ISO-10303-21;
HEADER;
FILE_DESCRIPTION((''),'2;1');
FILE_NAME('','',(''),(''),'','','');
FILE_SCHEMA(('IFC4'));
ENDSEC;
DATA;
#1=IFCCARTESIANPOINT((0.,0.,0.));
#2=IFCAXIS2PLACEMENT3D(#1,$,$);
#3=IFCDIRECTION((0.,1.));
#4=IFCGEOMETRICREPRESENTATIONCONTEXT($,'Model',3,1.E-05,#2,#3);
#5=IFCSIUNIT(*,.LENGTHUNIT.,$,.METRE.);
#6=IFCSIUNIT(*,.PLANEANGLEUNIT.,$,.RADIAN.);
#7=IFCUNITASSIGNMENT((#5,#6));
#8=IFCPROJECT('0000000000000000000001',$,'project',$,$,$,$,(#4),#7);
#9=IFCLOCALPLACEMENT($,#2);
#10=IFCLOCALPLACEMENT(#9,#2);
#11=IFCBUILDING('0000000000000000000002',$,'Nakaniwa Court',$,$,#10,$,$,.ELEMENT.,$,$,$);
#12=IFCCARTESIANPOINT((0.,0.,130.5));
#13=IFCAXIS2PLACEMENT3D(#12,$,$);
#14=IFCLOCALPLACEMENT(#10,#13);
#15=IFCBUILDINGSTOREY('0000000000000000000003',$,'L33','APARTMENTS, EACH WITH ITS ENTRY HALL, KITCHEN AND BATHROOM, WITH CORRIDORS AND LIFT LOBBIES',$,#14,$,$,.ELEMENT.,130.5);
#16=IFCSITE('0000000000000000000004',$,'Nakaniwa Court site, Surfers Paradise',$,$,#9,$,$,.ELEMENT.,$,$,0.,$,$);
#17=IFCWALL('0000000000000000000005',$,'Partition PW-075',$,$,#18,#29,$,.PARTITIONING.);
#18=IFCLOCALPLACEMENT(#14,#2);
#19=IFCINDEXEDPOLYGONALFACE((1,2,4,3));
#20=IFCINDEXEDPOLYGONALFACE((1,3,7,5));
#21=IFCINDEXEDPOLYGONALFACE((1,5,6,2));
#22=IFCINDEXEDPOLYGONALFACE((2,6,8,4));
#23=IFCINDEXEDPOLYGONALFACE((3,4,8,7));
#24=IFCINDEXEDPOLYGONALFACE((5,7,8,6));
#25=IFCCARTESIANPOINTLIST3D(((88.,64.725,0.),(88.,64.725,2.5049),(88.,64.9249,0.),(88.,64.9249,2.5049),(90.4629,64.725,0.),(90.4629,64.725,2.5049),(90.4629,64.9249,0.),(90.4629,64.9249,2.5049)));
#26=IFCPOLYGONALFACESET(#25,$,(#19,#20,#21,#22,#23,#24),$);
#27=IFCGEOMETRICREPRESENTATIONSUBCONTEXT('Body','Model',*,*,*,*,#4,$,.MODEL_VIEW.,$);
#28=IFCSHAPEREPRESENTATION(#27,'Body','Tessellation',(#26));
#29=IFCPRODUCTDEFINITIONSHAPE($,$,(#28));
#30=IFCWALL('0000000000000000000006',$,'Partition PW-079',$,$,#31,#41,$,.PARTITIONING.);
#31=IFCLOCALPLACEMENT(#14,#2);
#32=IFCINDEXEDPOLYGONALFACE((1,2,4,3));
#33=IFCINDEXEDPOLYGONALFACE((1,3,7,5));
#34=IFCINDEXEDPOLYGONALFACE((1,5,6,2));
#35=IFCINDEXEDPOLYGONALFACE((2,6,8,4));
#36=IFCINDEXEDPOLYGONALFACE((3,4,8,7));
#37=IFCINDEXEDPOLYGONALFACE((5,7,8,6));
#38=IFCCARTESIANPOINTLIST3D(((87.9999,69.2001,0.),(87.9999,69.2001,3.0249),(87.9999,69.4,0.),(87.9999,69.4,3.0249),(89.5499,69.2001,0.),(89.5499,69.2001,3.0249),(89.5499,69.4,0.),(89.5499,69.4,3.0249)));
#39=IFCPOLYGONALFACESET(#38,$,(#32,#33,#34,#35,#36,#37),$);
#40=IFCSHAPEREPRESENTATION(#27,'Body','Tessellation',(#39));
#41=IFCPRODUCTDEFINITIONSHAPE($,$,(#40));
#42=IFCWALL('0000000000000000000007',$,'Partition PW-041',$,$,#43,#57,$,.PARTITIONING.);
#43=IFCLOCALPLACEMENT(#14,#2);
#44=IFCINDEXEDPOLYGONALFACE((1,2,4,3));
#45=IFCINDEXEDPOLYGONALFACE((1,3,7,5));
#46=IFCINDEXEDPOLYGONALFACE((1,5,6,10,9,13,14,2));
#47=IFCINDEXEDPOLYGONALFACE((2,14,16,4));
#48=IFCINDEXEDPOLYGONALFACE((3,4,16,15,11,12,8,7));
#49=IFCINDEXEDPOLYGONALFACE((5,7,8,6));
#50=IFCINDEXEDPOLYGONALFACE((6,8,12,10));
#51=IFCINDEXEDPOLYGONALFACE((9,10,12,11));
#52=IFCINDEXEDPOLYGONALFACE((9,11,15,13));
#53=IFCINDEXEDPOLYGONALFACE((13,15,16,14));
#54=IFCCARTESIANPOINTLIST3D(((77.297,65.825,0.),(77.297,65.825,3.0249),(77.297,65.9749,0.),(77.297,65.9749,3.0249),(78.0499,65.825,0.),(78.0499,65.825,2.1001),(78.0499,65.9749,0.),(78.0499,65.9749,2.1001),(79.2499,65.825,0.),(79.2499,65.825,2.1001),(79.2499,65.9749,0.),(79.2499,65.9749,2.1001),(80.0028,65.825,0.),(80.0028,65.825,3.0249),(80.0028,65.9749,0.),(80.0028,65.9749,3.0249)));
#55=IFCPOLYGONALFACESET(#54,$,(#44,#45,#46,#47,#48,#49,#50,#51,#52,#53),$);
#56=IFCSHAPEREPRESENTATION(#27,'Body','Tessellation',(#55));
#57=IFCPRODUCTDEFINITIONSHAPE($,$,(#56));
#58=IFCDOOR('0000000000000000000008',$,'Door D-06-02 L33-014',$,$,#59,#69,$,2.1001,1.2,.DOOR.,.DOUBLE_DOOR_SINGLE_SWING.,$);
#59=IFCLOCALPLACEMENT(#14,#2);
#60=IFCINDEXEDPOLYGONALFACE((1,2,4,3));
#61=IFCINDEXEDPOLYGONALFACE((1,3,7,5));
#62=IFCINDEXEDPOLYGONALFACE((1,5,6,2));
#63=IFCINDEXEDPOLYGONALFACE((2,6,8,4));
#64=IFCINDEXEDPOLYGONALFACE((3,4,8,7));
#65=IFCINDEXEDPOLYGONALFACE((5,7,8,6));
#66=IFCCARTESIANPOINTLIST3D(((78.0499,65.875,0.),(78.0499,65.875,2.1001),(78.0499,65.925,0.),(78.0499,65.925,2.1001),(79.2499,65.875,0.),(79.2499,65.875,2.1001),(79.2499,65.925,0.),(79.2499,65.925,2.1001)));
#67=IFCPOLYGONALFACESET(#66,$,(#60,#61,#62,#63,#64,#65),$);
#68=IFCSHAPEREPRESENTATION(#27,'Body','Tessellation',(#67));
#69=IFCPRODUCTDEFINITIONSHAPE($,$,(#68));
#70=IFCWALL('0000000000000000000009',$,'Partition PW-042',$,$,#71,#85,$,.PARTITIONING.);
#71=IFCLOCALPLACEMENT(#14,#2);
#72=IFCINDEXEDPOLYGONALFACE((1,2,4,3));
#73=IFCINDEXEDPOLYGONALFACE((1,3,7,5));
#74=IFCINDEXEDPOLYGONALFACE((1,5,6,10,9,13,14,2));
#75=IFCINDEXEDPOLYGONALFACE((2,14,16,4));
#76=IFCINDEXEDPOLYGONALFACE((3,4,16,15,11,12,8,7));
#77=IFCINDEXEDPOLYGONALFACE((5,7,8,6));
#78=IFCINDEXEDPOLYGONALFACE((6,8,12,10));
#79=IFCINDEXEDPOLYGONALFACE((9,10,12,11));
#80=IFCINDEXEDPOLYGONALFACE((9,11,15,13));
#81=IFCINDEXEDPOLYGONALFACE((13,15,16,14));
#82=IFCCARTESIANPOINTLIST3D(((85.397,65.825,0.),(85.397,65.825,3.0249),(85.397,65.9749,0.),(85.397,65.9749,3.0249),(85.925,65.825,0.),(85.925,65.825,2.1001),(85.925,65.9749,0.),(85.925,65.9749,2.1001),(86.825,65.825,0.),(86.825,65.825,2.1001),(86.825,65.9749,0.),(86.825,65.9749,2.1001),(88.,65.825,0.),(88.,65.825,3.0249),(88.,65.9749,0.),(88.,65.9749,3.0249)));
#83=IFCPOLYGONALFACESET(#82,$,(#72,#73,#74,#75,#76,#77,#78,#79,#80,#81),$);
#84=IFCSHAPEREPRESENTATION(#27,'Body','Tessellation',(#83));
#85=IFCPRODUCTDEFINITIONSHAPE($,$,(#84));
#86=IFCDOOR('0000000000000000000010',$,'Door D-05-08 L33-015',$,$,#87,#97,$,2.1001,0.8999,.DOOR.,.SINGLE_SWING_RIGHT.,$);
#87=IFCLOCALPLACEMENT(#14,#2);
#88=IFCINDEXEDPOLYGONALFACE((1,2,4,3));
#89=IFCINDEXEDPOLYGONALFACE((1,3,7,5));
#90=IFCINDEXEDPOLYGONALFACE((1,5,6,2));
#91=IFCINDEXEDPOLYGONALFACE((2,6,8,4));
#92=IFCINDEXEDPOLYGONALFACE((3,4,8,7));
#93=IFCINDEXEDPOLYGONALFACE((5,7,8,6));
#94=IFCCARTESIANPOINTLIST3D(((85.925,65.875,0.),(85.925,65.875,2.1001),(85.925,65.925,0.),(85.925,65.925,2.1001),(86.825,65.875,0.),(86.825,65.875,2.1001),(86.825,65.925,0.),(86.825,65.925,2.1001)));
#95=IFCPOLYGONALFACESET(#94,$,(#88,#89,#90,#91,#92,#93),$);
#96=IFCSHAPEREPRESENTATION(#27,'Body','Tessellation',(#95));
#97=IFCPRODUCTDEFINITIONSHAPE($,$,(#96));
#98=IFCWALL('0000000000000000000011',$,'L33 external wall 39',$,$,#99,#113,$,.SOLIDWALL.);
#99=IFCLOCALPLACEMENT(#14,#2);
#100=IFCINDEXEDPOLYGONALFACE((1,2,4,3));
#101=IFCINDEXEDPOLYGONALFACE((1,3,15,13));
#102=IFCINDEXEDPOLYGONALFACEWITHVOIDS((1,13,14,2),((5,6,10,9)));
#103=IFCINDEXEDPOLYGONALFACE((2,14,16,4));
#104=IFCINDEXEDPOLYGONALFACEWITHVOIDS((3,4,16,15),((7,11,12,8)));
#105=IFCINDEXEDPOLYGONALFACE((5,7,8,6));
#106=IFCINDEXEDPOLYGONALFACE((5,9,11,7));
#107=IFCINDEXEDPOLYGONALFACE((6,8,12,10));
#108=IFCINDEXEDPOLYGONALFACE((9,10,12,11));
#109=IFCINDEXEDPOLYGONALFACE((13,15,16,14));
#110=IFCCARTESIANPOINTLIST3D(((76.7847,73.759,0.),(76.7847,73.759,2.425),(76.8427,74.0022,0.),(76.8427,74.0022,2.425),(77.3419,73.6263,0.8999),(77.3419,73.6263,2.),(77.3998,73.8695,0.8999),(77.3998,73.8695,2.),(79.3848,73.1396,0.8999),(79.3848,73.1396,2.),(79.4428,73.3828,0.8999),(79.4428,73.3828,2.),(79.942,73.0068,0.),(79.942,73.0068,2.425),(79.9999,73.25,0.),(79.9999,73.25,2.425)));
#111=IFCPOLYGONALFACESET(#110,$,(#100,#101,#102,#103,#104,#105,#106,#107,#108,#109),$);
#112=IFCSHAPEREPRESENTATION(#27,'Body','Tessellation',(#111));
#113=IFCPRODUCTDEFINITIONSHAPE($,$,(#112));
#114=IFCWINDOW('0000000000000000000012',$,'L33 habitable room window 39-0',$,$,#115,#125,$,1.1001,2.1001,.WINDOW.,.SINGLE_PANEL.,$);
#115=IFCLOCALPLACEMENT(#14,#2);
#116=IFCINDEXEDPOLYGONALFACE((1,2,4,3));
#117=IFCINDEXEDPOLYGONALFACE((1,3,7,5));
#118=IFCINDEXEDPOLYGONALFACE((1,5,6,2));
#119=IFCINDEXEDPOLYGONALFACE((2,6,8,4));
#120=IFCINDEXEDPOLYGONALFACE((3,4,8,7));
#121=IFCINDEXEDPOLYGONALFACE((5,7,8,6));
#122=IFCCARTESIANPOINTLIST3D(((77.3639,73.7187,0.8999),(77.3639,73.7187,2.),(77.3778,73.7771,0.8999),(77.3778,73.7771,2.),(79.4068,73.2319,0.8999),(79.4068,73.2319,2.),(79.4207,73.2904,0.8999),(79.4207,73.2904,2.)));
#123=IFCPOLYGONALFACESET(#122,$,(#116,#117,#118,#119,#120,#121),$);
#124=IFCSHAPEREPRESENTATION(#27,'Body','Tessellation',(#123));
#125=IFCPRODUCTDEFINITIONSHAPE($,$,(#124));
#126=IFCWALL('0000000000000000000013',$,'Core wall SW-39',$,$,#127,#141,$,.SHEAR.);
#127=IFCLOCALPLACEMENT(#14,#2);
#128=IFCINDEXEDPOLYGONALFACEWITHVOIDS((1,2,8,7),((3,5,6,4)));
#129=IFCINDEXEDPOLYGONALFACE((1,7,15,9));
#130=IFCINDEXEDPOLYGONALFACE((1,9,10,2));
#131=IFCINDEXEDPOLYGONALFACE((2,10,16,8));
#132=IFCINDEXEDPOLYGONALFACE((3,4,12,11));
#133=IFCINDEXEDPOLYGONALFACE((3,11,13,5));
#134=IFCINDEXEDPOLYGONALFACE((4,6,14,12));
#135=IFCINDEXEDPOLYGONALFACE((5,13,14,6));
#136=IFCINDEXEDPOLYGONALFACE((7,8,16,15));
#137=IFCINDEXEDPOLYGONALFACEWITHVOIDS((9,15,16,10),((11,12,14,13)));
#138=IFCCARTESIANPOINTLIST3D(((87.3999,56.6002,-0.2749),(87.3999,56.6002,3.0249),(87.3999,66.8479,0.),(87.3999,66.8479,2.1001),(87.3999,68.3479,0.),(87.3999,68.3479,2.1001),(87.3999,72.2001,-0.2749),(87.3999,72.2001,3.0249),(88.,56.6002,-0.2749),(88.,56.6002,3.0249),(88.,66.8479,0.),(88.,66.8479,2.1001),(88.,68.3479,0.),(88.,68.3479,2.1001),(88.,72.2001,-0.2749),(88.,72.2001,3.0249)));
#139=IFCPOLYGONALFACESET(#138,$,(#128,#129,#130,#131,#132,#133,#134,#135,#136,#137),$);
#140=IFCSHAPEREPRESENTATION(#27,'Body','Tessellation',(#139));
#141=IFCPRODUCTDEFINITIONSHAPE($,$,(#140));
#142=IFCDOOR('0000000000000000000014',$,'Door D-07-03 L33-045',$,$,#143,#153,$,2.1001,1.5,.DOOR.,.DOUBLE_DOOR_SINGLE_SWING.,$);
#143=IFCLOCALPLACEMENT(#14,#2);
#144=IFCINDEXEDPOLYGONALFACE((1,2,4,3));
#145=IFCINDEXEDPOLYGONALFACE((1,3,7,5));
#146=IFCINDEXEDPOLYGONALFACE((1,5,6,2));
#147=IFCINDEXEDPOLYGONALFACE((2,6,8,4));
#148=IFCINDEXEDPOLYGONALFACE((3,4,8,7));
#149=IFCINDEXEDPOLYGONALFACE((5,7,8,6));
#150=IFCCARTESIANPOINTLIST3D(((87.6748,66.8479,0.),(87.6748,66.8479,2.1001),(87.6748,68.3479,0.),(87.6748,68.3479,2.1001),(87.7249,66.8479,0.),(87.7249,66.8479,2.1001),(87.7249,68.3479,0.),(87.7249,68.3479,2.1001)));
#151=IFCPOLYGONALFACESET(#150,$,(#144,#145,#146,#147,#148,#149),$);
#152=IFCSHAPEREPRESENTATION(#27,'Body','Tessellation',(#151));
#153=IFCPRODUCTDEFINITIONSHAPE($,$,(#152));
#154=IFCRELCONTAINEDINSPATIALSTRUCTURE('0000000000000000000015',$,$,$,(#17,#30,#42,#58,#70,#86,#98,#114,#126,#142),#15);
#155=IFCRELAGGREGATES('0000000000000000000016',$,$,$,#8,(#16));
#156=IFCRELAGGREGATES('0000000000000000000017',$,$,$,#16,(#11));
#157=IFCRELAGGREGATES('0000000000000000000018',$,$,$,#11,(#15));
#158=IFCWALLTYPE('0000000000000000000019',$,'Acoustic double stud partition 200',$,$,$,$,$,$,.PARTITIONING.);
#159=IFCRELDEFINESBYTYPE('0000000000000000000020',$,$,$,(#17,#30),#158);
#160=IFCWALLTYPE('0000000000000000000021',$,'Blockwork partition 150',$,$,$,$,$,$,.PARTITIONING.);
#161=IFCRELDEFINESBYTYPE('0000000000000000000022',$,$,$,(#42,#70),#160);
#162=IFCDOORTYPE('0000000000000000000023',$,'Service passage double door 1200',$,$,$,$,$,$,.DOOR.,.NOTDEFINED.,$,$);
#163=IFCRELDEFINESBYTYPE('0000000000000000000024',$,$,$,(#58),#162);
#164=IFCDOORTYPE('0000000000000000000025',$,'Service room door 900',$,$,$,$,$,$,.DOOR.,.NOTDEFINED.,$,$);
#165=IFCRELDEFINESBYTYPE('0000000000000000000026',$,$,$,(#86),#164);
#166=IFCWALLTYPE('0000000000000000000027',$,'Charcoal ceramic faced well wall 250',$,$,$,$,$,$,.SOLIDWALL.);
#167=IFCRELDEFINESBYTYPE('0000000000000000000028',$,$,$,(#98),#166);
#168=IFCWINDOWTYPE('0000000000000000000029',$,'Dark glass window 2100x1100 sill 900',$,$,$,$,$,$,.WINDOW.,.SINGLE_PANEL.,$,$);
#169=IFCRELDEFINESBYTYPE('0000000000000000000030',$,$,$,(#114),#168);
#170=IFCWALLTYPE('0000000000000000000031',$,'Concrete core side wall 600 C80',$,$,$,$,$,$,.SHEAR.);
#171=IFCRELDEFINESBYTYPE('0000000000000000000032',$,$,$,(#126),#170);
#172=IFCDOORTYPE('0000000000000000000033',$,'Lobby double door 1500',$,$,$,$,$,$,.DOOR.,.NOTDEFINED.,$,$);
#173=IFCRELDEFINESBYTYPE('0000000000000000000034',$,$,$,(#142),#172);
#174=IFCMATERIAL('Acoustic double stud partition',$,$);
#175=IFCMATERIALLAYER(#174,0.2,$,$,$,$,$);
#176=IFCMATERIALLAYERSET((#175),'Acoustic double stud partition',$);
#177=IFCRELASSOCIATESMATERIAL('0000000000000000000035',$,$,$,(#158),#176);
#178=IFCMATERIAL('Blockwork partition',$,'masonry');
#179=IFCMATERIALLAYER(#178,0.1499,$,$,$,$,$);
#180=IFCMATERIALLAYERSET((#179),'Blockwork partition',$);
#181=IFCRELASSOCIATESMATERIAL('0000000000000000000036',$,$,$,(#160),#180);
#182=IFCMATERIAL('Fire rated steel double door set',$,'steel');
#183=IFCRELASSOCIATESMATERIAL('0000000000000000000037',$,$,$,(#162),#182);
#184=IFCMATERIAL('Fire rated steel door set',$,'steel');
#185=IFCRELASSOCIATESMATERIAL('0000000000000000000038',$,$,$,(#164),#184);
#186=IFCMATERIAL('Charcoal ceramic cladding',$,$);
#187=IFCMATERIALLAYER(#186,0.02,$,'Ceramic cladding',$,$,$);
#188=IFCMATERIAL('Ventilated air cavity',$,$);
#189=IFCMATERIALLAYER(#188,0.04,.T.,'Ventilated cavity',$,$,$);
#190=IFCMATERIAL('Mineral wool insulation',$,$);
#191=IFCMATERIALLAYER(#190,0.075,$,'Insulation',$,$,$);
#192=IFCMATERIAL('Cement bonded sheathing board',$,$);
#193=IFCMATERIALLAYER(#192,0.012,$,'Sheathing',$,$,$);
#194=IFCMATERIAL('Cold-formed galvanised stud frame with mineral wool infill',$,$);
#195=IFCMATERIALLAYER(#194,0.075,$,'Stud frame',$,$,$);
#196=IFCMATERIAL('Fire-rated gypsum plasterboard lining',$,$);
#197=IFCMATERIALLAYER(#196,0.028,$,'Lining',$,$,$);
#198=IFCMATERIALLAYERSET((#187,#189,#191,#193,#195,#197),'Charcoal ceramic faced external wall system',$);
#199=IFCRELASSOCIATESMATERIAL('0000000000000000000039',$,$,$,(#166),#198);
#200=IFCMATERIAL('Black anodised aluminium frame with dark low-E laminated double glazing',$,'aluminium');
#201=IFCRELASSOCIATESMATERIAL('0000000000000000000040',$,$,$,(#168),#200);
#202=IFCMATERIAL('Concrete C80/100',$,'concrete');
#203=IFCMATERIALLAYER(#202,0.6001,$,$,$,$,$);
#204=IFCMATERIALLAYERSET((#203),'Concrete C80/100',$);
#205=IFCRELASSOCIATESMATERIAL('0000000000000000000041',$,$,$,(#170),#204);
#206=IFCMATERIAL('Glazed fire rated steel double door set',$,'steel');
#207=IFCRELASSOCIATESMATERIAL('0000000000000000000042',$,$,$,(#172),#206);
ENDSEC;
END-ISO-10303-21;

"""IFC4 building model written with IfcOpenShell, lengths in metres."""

from ifc_helpers import new_model, si_unit, direction, frame, frame_2d, origin, place, context, subcontext, project, spatial, rectangle, extrude, material, layer, layer_set, type_object, element, fill, save


model = new_model("IFC4")

# Units and contexts
model_context = context("Model", 3, precision=1e-05, world=origin(), true_north=direction((0.0, 1.0)))
body_context = subcontext(model_context, "Body", "Model", "MODEL_VIEW")
ifc_project = project(units=[si_unit("LENGTHUNIT", "METRE"), si_unit("PLANEANGLEUNIT", "RADIAN")], contexts=[model_context])

# Site, building, storey
site_placement = place(None, origin())
site = spatial("IfcSite", under=ifc_project, at=site_placement, Name="Nakaniwa Court site, Surfers Paradise", CompositionType="ELEMENT", RefElevation=0.0)
building_placement = place(site_placement, origin())
building = spatial("IfcBuilding", under=site, at=building_placement, Name="Nakaniwa Court", CompositionType="ELEMENT")
storey_placement = place(building_placement, frame((0.0, 0.0, 130.5)))
storey = spatial("IfcBuildingStorey", under=building, at=storey_placement, Name="L33", Description="APARTMENTS, EACH WITH ITS ENTRY HALL, KITCHEN AND BATHROOM, WITH CORRIDORS AND LIFT LOBBIES", CompositionType="ELEMENT", Elevation=130.5)

# Shared definitions
ifc_material_1 = material(Name="Concrete C80/100", Category="concrete")

# Walls
ifc_material_2 = material(Name="Acoustic double stud partition")
ifc_layer_1 = layer(ifc_material_2, 0.2)
ifc_layer_set_1 = layer_set([ifc_layer_1], Name="Acoustic double stud partition")
wall_type_1 = type_object("IfcWallType", Name="Acoustic double stud partition 200", PredefinedType="PARTITIONING", material=ifc_layer_set_1)
wall_1_placement = place(storey_placement, frame((88.0, 64.825, 0.0), z_axis=(0.0, 0.0, 1.0), x_axis=(1.0, 0.0, 0.0)))
element("IfcWall", 1, at=wall_1_placement, inside=storey, type_object=wall_type_1, Name="Partition PW-075", PredefinedType="PARTITIONING", context=body_context, shape_type="SweptSolid", body=[
    extrude(rectangle(XDim=2.4629, YDim=0.2, at=frame_2d((1.2314, 0.0))), origin(), (0.0, 0.0, 1.0), 2.5049),
])
wall_2_placement = place(storey_placement, frame((88.0, 69.3, 0.0), z_axis=(0.0, 0.0, 1.0), x_axis=(1.0, 0.0, 0.0)))
element("IfcWall", 2, at=wall_2_placement, inside=storey, type_object=wall_type_1, Name="Partition PW-079", PredefinedType="PARTITIONING", context=body_context, shape_type="SweptSolid", body=[
    extrude(rectangle(XDim=1.55, YDim=0.2, at=frame_2d((0.7749, 0.0))), origin(), (0.0, 0.0, 1.0), 3.0249),
])

# Walls, openings, doors
ifc_material_3 = material(Name="Blockwork partition", Category="masonry")
ifc_layer_2 = layer(ifc_material_3, 0.1499)
ifc_layer_set_2 = layer_set([ifc_layer_2], Name="Blockwork partition")
wall_type_2 = type_object("IfcWallType", Name="Blockwork partition 150", PredefinedType="PARTITIONING", material=ifc_layer_set_2)
wall_3_placement = place(storey_placement, frame((80.0029, 65.8999, 0.0), z_axis=(0.0, 0.0, 1.0), x_axis=(-1.0, 0.0, 0.0)))
wall_3 = element("IfcWall", 3, at=wall_3_placement, inside=storey, type_object=wall_type_2, Name="Partition PW-041", PredefinedType="PARTITIONING", context=body_context, shape_type="SweptSolid", body=[
    extrude(rectangle(XDim=2.7058, YDim=0.1499, at=frame_2d((1.353, 0.0))), origin(), (0.0, 0.0, 1.0), 3.0249),
])
opening_1_placement = place(wall_3_placement, frame((0.7529, 0.0, 0.0)))
opening_1 = element("IfcOpeningElement", 4, at=opening_1_placement, cuts=wall_3, PredefinedType="OPENING", context=body_context, shape_type="SweptSolid", body=[
    extrude(rectangle(XDim=1.2, YDim=2.1001, at=frame_2d((0.6001, 1.05))), frame((0.0, 0.085, 0.0), z_axis=(0.0, -1.0, 0.0), x_axis=(1.0, 0.0, 0.0)), (0.0, 0.0, 1.0), 0.1699),
])
ifc_material_4 = material(Name="Fire rated steel double door set", Category="steel")
door_type_1 = type_object("IfcDoorType", Name="Service passage double door 1200", OperationType="NOTDEFINED", PredefinedType="DOOR", material=ifc_material_4)
door_1_placement = place(opening_1_placement, origin())
door_1 = element("IfcDoor", 5, at=door_1_placement, inside=storey, type_object=door_type_1, Name="Door D-06-02 L33-014", OperationType="DOUBLE_DOOR_SINGLE_SWING", OverallHeight=2.1001, OverallWidth=1.2, PredefinedType="DOOR", context=body_context, shape_type="SweptSolid", body=[
    extrude(rectangle(XDim=1.2, YDim=2.1001, at=frame_2d((0.6001, 1.05))), frame((0.0, 0.0249, 0.0), z_axis=(0.0, -1.0, 0.0), x_axis=(1.0, 0.0, 0.0)), (0.0, 0.0, 1.0), 0.05),
])
fill(opening_1, door_1)
wall_4_placement = place(storey_placement, frame((88.0, 65.8999, 0.0), z_axis=(0.0, 0.0, 1.0), x_axis=(-1.0, 0.0, 0.0)))
wall_4 = element("IfcWall", 6, at=wall_4_placement, inside=storey, type_object=wall_type_2, Name="Partition PW-042", PredefinedType="PARTITIONING", context=body_context, shape_type="SweptSolid", body=[
    extrude(rectangle(XDim=2.603, YDim=0.1499, at=frame_2d((1.3015, 0.0))), origin(), (0.0, 0.0, 1.0), 3.0249),
])
opening_2_placement = place(wall_4_placement, frame((1.175, 0.0, 0.0)))
opening_2 = element("IfcOpeningElement", 7, at=opening_2_placement, cuts=wall_4, PredefinedType="OPENING", context=body_context, shape_type="SweptSolid", body=[
    extrude(rectangle(XDim=0.8999, YDim=2.1001, at=frame_2d((0.45, 1.05))), frame((0.0, 0.085, 0.0), z_axis=(0.0, -1.0, 0.0), x_axis=(1.0, 0.0, 0.0)), (0.0, 0.0, 1.0), 0.1699),
])
ifc_material_5 = material(Name="Fire rated steel door set", Category="steel")
door_type_2 = type_object("IfcDoorType", Name="Service room door 900", OperationType="NOTDEFINED", PredefinedType="DOOR", material=ifc_material_5)
door_2_placement = place(opening_2_placement, origin())
door_2 = element("IfcDoor", 8, at=door_2_placement, inside=storey, type_object=door_type_2, Name="Door D-05-08 L33-015", OperationType="SINGLE_SWING_RIGHT", OverallHeight=2.1001, OverallWidth=0.8999, PredefinedType="DOOR", context=body_context, shape_type="SweptSolid", body=[
    extrude(rectangle(XDim=0.8999, YDim=2.1001, at=frame_2d((0.45, 1.05))), frame((0.0, 0.0249, 0.0), z_axis=(0.0, -1.0, 0.0), x_axis=(1.0, 0.0, 0.0)), (0.0, 0.0, 1.0), 0.05),
])
fill(opening_2, door_2)

# Wall, opening, window
ifc_material_6 = material(Name="Charcoal ceramic cladding")
ifc_layer_3 = layer(ifc_material_6, 0.02, Name="Ceramic cladding")
ifc_material_7 = material(Name="Ventilated air cavity")
ifc_layer_4 = layer(ifc_material_7, 0.04, ventilated=True, Name="Ventilated cavity")
ifc_material_8 = material(Name="Mineral wool insulation")
ifc_layer_5 = layer(ifc_material_8, 0.075, Name="Insulation")
ifc_material_9 = material(Name="Cement bonded sheathing board")
ifc_layer_6 = layer(ifc_material_9, 0.012, Name="Sheathing")
ifc_material_10 = material(Name="Cold-formed galvanised stud frame with mineral wool infill")
ifc_layer_7 = layer(ifc_material_10, 0.075, Name="Stud frame")
ifc_material_11 = material(Name="Fire-rated gypsum plasterboard lining")
ifc_layer_8 = layer(ifc_material_11, 0.028, Name="Lining")
ifc_layer_set_3 = layer_set([ifc_layer_3, ifc_layer_4, ifc_layer_5, ifc_layer_6, ifc_layer_7, ifc_layer_8], Name="Charcoal ceramic faced external wall system")
wall_type_3 = type_object("IfcWallType", Name="Charcoal ceramic faced well wall 250", PredefinedType="SOLIDWALL", material=ifc_layer_set_3)
wall_5_placement = place(storey_placement, frame((79.9709, 73.1284, 0.0), z_axis=(0.0, 0.0, 1.0), x_axis=(-0.972773, 0.23176, 0.0)))
wall_5 = element("IfcWall", 9, at=wall_5_placement, inside=storey, type_object=wall_type_3, Name="L33 external wall 39", PredefinedType="SOLIDWALL", context=body_context, shape_type="SweptSolid", body=[
    extrude(rectangle(XDim=3.2456, YDim=0.25, at=frame_2d((1.6228, 0.0))), origin(), (0.0, 0.0, 1.0), 2.425),
])
opening_3_placement = place(wall_5_placement, frame((0.5728, 0.0, 0.8999)))
opening_3 = element("IfcOpeningElement", 10, at=opening_3_placement, cuts=wall_5, PredefinedType="OPENING", context=body_context, shape_type="SweptSolid", body=[
    extrude(rectangle(XDim=2.1001, YDim=1.1001, at=frame_2d((1.05, 0.55))), frame((0.0, 0.135, 0.0), z_axis=(0.0, -1.0, 0.0), x_axis=(1.0, 0.0, 0.0)), (0.0, 0.0, 1.0), 0.27),
])
ifc_material_12 = material(Name="Black anodised aluminium frame with dark low-E laminated double glazing", Category="aluminium")
window_type = type_object("IfcWindowType", Name="Dark glass window 2100x1100 sill 900", PartitioningType="SINGLE_PANEL", PredefinedType="WINDOW", material=ifc_material_12)
window_placement = place(opening_3_placement, origin())
window = element("IfcWindow", 11, at=window_placement, inside=storey, type_object=window_type, Name="L33 habitable room window 39-0", OverallHeight=1.1001, OverallWidth=2.1001, PartitioningType="SINGLE_PANEL", PredefinedType="WINDOW", context=body_context, shape_type="SweptSolid", body=[
    extrude(rectangle(XDim=2.1001, YDim=1.1001, at=frame_2d((1.05, 0.55))), frame((0.0, 0.03, 0.0), z_axis=(0.0, -1.0, 0.0), x_axis=(1.0, 0.0, 0.0)), (0.0, 0.0, 1.0), 0.0601),
])
fill(opening_3, window)

# Wall, opening, door
ifc_layer_9 = layer(ifc_material_1, 0.6001)
ifc_layer_set_4 = layer_set([ifc_layer_9], Name="Concrete C80/100")
wall_type_4 = type_object("IfcWallType", Name="Concrete core side wall 600 C80", PredefinedType="SHEAR", material=ifc_layer_set_4)
wall_6_placement = place(storey_placement, frame((87.7, 72.2, -0.2749), z_axis=(0.0, 0.0, 1.0), x_axis=(0.0, -1.0, 0.0)))
wall_6 = element("IfcWall", 12, at=wall_6_placement, inside=storey, type_object=wall_type_4, Name="Core wall SW-39", PredefinedType="SHEAR", context=body_context, shape_type="SweptSolid", body=[
    extrude(rectangle(XDim=15.5999, YDim=0.6001, at=frame_2d((7.7998, 0.0))), origin(), (0.0, 0.0, 1.0), 3.2998),
])
opening_4_placement = place(wall_6_placement, frame((3.8521, 0.0, 0.2749)))
opening_4 = element("IfcOpeningElement", 13, at=opening_4_placement, cuts=wall_6, PredefinedType="OPENING", context=body_context, shape_type="SweptSolid", body=[
    extrude(rectangle(XDim=1.5, YDim=2.1001, at=frame_2d((0.75, 1.05))), frame((0.0, 0.3101, 0.0), z_axis=(0.0, -1.0, 0.0), x_axis=(1.0, 0.0, 0.0)), (0.0, 0.0, 1.0), 0.6201),
])
ifc_material_13 = material(Name="Glazed fire rated steel double door set", Category="steel")
door_type_3 = type_object("IfcDoorType", Name="Lobby double door 1500", OperationType="NOTDEFINED", PredefinedType="DOOR", material=ifc_material_13)
door_3_placement = place(opening_4_placement, origin())
door_3 = element("IfcDoor", 14, at=door_3_placement, inside=storey, type_object=door_type_3, Name="Door D-07-03 L33-045", OperationType="DOUBLE_DOOR_SINGLE_SWING", OverallHeight=2.1001, OverallWidth=1.5, PredefinedType="DOOR", context=body_context, shape_type="SweptSolid", body=[
    extrude(rectangle(XDim=1.5, YDim=2.1001, at=frame_2d((0.75, 1.05))), frame((0.0, 0.0249, 0.0), z_axis=(0.0, -1.0, 0.0), x_axis=(1.0, 0.0, 0.0)), (0.0, 0.0, 1.0), 0.05),
])
fill(opening_4, door_3)

save(model, "model.ifc")
